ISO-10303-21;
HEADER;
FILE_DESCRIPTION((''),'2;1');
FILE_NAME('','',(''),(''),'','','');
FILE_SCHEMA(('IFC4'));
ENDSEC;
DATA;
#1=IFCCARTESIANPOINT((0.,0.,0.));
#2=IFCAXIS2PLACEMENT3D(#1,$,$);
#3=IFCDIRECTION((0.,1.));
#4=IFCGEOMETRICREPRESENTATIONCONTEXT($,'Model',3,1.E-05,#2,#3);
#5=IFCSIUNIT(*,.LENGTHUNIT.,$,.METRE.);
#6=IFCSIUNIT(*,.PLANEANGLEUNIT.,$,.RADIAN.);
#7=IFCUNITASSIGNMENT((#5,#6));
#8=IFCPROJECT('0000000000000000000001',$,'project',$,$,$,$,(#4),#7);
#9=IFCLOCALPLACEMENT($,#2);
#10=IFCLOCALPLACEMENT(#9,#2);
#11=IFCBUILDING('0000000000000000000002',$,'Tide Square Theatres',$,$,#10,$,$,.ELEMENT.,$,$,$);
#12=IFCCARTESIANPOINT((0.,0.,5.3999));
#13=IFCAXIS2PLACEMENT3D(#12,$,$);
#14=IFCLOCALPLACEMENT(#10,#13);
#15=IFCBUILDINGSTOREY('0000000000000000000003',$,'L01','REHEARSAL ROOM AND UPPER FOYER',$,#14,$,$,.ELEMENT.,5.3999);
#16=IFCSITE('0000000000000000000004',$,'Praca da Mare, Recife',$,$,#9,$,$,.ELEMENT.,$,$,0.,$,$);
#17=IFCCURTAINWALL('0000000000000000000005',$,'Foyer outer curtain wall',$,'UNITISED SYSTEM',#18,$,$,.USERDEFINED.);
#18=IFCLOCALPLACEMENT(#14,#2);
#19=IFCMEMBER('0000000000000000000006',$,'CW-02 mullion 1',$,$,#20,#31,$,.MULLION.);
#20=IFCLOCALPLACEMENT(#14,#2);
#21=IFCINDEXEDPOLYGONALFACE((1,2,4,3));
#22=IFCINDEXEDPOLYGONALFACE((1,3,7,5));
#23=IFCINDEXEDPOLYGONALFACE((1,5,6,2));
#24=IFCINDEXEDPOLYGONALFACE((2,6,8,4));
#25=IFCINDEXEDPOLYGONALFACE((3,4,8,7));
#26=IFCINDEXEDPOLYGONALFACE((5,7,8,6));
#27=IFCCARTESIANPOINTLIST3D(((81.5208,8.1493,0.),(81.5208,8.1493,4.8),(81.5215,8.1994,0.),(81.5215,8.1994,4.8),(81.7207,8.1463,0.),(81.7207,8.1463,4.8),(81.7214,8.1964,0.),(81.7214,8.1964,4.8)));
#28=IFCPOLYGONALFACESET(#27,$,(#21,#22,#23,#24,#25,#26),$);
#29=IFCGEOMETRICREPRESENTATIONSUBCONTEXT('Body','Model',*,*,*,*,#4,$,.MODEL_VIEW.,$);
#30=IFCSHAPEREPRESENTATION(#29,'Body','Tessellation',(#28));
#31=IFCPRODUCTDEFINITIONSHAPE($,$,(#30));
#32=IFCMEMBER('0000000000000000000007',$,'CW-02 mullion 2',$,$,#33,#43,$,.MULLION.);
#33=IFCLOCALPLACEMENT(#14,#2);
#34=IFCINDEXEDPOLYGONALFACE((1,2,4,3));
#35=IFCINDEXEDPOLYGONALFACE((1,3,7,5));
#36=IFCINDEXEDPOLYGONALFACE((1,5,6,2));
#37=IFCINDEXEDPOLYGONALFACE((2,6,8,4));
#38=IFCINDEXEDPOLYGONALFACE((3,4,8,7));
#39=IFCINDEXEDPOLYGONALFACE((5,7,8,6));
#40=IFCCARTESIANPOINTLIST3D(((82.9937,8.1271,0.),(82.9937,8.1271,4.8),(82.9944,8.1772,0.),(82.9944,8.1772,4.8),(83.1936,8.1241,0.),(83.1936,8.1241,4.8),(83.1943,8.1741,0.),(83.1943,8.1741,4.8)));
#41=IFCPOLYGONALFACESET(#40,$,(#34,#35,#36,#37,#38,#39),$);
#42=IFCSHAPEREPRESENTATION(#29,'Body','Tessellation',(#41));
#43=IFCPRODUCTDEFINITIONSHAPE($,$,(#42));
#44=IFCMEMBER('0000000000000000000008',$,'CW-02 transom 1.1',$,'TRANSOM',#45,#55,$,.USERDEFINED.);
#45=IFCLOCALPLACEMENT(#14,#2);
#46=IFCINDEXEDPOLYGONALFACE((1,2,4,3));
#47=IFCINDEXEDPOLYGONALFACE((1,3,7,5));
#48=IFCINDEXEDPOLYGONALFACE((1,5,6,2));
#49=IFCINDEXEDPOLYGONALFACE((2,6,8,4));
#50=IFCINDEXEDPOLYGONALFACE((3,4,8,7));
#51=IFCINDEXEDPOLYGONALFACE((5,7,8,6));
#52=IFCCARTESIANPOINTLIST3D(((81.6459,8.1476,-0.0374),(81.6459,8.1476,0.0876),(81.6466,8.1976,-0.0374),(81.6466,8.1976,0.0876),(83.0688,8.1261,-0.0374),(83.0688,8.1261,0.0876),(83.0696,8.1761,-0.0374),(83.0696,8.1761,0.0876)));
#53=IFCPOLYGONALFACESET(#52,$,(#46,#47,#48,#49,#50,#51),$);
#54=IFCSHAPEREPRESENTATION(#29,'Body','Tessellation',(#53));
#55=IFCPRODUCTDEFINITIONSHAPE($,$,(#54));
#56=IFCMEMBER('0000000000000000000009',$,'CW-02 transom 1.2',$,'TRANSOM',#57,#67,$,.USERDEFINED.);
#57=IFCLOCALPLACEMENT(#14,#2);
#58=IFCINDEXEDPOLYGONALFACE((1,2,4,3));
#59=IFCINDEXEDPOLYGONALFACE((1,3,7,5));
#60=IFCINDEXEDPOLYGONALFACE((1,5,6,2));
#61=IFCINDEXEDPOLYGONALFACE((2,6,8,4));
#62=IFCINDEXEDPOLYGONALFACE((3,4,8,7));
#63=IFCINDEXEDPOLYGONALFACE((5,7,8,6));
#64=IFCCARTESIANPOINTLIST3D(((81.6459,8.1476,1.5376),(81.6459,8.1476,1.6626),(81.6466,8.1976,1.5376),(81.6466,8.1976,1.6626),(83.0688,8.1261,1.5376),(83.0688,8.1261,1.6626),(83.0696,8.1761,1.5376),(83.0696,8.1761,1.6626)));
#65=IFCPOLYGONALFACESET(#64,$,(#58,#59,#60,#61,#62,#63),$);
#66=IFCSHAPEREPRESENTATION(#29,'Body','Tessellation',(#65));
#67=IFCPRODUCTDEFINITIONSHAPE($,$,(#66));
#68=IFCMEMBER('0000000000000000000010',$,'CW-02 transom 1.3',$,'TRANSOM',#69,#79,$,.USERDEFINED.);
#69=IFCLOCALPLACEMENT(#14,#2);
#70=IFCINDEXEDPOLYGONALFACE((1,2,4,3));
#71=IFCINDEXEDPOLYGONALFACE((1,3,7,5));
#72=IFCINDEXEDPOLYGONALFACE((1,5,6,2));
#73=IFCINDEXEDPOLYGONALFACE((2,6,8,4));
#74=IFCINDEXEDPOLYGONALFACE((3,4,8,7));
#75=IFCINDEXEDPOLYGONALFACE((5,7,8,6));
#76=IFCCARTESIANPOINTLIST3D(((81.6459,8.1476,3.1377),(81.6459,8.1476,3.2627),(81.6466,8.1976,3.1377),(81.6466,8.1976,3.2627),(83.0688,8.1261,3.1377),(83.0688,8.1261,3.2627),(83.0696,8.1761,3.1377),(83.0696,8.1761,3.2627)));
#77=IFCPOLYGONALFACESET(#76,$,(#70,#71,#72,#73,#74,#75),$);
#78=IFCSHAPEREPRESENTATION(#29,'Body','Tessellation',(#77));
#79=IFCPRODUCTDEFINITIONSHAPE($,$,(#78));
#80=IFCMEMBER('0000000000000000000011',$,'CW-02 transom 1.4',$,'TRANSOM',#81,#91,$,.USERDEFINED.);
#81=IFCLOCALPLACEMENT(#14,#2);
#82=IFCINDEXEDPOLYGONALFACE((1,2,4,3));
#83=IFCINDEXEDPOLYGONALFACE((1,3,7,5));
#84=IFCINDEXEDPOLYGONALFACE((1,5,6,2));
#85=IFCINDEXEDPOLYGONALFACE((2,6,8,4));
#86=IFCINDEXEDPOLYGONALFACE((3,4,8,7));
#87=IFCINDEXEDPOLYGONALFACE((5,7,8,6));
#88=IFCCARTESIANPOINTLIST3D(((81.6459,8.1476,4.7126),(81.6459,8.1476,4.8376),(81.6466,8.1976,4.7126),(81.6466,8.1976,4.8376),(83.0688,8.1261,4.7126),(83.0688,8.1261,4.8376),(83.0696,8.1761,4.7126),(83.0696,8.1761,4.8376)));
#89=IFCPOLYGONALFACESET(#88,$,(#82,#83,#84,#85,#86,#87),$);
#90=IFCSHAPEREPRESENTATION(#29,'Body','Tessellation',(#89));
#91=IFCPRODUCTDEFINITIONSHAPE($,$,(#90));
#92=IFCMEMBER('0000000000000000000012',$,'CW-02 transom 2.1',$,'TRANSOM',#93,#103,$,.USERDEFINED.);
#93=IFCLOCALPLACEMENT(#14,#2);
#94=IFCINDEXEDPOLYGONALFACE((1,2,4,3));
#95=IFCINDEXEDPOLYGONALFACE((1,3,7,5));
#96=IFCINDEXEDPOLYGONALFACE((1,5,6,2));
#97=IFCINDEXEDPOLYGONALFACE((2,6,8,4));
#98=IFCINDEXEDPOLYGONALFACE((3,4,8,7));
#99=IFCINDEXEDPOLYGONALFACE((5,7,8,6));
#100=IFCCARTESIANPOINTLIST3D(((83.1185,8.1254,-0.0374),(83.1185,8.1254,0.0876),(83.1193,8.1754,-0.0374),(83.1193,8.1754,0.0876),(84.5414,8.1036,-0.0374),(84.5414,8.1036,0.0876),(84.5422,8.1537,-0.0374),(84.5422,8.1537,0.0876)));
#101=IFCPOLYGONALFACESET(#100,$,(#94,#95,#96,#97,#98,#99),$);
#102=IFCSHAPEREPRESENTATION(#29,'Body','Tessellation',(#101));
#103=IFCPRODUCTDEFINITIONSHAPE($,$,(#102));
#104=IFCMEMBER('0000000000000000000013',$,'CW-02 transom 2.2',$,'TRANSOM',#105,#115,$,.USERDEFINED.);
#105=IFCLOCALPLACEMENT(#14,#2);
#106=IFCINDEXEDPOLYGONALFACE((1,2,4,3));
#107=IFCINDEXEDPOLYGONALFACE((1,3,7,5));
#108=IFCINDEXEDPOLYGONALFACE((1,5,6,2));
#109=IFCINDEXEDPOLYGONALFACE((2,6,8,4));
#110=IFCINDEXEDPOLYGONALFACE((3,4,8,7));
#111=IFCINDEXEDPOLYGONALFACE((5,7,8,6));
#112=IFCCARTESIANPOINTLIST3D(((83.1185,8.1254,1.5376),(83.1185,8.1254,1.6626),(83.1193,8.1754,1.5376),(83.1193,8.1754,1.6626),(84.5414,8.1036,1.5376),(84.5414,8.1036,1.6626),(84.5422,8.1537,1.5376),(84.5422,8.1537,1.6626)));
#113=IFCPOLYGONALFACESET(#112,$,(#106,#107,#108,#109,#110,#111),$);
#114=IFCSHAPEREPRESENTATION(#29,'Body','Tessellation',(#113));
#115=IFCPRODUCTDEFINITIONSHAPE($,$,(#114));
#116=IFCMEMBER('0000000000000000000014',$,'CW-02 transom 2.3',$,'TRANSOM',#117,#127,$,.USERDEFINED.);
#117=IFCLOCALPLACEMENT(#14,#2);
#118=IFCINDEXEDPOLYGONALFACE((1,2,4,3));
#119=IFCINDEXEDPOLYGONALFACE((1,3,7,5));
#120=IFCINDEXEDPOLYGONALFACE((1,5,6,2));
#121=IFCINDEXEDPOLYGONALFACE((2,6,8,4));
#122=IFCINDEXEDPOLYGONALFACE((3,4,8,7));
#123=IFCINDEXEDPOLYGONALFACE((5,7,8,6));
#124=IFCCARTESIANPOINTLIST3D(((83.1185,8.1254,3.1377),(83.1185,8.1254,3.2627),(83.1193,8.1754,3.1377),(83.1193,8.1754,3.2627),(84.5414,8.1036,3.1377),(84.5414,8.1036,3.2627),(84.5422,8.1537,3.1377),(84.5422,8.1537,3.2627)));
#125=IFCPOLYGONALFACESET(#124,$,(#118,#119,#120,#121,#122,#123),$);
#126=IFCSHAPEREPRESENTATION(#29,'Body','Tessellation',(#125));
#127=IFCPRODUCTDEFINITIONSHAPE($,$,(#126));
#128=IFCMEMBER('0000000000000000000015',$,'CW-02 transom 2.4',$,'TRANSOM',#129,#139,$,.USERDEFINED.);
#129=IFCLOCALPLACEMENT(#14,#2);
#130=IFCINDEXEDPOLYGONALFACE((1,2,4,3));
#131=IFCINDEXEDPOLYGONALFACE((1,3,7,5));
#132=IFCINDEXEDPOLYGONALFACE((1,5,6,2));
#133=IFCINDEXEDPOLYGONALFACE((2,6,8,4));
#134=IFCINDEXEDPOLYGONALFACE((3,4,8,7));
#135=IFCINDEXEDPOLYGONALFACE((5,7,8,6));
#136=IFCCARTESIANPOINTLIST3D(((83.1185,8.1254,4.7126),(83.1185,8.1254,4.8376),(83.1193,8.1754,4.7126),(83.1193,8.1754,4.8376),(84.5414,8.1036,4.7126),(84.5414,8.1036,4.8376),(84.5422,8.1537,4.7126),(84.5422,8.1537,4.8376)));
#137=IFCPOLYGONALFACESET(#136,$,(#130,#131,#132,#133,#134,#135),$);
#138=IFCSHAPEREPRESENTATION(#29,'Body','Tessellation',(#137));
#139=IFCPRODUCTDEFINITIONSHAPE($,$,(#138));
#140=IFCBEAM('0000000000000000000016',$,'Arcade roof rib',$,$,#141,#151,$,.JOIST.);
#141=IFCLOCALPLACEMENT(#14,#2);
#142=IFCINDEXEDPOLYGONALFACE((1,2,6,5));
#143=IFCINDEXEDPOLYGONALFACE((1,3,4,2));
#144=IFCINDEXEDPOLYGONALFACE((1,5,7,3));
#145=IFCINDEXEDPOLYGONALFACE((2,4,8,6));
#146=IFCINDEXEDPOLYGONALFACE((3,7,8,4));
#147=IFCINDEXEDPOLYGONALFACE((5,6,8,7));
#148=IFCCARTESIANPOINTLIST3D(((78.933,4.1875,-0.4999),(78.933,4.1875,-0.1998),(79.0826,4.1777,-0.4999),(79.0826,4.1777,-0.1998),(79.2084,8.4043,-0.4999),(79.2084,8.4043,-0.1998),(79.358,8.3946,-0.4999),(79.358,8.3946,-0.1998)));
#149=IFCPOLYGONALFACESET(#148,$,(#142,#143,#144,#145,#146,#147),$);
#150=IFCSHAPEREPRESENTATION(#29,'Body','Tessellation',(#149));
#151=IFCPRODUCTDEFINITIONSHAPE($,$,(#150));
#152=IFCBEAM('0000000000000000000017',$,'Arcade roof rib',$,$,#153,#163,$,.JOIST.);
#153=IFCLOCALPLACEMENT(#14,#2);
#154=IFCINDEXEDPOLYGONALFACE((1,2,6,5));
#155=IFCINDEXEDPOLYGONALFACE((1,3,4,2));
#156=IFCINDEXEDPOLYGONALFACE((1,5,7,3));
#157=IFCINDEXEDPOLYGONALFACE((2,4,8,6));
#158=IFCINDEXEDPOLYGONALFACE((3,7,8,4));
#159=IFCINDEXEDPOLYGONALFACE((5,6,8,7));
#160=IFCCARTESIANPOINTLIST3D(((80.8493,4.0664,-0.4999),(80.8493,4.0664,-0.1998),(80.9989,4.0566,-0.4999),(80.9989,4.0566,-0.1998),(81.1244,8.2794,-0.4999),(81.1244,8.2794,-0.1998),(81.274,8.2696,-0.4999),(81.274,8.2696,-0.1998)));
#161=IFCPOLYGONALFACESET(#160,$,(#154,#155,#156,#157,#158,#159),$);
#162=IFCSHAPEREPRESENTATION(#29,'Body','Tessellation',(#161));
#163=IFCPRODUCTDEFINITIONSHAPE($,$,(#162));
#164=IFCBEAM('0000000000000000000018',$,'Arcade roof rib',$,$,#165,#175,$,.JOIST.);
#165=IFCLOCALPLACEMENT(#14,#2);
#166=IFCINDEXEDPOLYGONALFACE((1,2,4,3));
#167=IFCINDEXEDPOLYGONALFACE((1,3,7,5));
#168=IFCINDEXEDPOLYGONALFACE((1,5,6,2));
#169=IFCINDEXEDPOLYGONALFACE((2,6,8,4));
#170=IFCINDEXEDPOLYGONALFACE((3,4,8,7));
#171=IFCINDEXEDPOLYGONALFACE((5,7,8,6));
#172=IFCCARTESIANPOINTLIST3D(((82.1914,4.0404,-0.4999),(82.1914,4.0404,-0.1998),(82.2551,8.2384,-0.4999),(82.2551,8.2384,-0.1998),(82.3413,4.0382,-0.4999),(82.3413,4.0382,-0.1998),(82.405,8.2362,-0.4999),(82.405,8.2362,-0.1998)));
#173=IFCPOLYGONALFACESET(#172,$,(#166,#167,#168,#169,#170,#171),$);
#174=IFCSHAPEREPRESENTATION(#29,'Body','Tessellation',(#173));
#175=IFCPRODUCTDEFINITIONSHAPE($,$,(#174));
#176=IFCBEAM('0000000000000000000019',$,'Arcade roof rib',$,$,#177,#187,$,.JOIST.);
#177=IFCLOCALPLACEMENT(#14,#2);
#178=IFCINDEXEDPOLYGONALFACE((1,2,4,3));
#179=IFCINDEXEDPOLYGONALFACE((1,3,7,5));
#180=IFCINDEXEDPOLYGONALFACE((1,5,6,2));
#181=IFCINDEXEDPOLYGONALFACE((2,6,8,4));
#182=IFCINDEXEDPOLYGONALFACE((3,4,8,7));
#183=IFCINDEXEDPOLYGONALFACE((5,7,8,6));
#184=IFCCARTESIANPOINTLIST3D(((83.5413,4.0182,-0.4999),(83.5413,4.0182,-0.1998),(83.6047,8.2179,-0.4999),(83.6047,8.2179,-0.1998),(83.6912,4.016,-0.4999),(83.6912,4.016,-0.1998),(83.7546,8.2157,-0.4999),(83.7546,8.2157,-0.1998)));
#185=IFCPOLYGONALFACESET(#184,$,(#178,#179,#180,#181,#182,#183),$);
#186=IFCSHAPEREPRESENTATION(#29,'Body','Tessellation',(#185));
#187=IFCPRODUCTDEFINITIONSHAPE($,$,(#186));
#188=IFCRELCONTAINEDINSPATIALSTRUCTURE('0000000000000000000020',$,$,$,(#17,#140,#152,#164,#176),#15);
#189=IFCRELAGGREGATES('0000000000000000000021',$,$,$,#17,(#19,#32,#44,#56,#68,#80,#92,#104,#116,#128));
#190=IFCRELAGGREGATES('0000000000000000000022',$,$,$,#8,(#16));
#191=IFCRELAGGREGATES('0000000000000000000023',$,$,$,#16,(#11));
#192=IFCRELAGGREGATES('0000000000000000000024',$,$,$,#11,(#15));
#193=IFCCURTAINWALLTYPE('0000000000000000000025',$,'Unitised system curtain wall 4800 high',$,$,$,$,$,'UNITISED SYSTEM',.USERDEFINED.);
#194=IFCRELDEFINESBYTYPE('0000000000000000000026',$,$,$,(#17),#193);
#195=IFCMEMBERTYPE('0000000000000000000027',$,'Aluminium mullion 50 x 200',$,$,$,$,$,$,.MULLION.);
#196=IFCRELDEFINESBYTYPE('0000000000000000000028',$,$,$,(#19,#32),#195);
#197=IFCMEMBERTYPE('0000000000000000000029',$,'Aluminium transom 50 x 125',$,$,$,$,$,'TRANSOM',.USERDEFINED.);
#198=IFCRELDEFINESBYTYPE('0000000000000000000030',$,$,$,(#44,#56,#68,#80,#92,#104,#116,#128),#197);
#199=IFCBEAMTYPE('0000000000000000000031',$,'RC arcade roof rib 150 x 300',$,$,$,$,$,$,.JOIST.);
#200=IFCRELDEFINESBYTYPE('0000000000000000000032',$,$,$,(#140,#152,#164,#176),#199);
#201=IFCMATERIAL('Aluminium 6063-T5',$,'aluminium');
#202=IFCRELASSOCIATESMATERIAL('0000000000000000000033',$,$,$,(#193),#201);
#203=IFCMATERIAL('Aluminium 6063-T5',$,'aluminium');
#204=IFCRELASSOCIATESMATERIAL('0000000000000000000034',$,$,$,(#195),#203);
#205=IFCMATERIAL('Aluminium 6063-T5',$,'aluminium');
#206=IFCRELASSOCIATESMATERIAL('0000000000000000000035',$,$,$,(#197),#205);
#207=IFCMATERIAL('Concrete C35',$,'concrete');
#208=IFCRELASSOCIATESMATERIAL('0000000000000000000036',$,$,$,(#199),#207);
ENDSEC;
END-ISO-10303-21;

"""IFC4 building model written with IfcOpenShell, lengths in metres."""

from ifc_helpers import new_model, si_unit, direction, frame, origin, origin_2d, place, context, subcontext, project, spatial, rectangle, extrude, material, material_profile, profile_set, type_object, element, aggregate, save


model = new_model("IFC4")

# Units and contexts
model_context = context("Model", 3, precision=1e-05, world=origin(), true_north=direction((0.0, 1.0)))
body_context = subcontext(model_context, "Body", "Model", "MODEL_VIEW")
ifc_project = project(units=[si_unit("LENGTHUNIT", "METRE"), si_unit("PLANEANGLEUNIT", "RADIAN")], contexts=[model_context])

# Site, building, storey
site_placement = place(None, origin())
site = spatial("IfcSite", under=ifc_project, at=site_placement, Name="Praca da Mare, Recife", CompositionType="ELEMENT", RefElevation=0.0)
building_placement = place(site_placement, origin())
building = spatial("IfcBuilding", under=site, at=building_placement, Name="Tide Square Theatres", CompositionType="ELEMENT")
storey_placement = place(building_placement, frame((0.0, 0.0, 5.3999)))
storey = spatial("IfcBuildingStorey", under=building, at=storey_placement, Name="L01", Description="REHEARSAL ROOM AND UPPER FOYER", CompositionType="ELEMENT", Elevation=5.3999)

# Curtain wall, members
ifc_material_1 = material(Name="Aluminium 6063-T5", Category="aluminium")
curtain_wall_type = type_object("IfcCurtainWallType", Name="Unitised system curtain wall 4800 high", ElementType="UNITISED SYSTEM", PredefinedType="USERDEFINED", material=ifc_material_1)
curtain_wall_placement = place(storey_placement, origin())
curtain_wall = element("IfcCurtainWall", 1, at=curtain_wall_placement, inside=storey, type_object=curtain_wall_type, Name="Foyer outer curtain wall", ObjectType="UNITISED SYSTEM", PredefinedType="USERDEFINED")
ifc_material_2 = material(Name="Aluminium 6063-T5", Category="aluminium")
ifc_material_profile_1 = material_profile(ifc_material_2, rectangle(XDim=0.05, YDim=0.2, at=origin_2d()))
ifc_profile_set_1 = profile_set([ifc_material_profile_1], Name="Aluminium 6063-T5")
member_type_1 = type_object("IfcMemberType", Name="Aluminium mullion 50 x 200", PredefinedType="MULLION", material=ifc_profile_set_1)
member_1_placement = place(storey_placement, frame((81.6211, 8.1729, 0.0), z_axis=(0.0, 0.0, 1.0), x_axis=(0.01512, 0.999886, 0.0)))
member_1 = element("IfcMember", 2, at=member_1_placement, type_object=member_type_1, Name="CW-02 mullion 1", PredefinedType="MULLION", context=body_context, shape_type="SweptSolid", body=[
    extrude(rectangle(XDim=0.05, YDim=0.2, at=origin_2d()), origin(), (0.0, 0.0, 1.0), 4.8),
])
member_2_placement = place(storey_placement, frame((83.094, 8.1506, 0.0), z_axis=(0.0, 0.0, 1.0), x_axis=(0.01512, 0.999886, 0.0)))
member_2 = element("IfcMember", 3, at=member_2_placement, type_object=member_type_1, Name="CW-02 mullion 2", PredefinedType="MULLION", context=body_context, shape_type="SweptSolid", body=[
    extrude(rectangle(XDim=0.05, YDim=0.2, at=origin_2d()), origin(), (0.0, 0.0, 1.0), 4.8),
])
ifc_material_3 = material(Name="Aluminium 6063-T5", Category="aluminium")
ifc_material_profile_2 = material_profile(ifc_material_3, rectangle(XDim=0.05, YDim=0.125, at=origin_2d()))
ifc_profile_set_2 = profile_set([ifc_material_profile_2], Name="Aluminium 6063-T5")
member_type_2 = type_object("IfcMemberType", Name="Aluminium transom 50 x 125", ElementType="TRANSOM", PredefinedType="USERDEFINED", material=ifc_profile_set_2)
member_3_placement = place(storey_placement, frame((81.6462, 8.1726, 0.0251), z_axis=(0.999886, -0.015098, 0.0), x_axis=(0.015098, 0.999886, 0.0)))
member_3 = element("IfcMember", 4, at=member_3_placement, type_object=member_type_2, Name="CW-02 transom 1.1", ObjectType="TRANSOM", PredefinedType="USERDEFINED", context=body_context, shape_type="SweptSolid", body=[
    extrude(rectangle(XDim=0.05, YDim=0.125, at=origin_2d()), origin(), (0.0, 0.0, 1.0), 1.4231),
])
member_4_placement = place(storey_placement, frame((81.6462, 8.1726, 1.6001), z_axis=(0.999886, -0.015098, 0.0), x_axis=(0.015098, 0.999886, 0.0)))
member_4 = element("IfcMember", 5, at=member_4_placement, type_object=member_type_2, Name="CW-02 transom 1.2", ObjectType="TRANSOM", PredefinedType="USERDEFINED", context=body_context, shape_type="SweptSolid", body=[
    extrude(rectangle(XDim=0.05, YDim=0.125, at=origin_2d()), origin(), (0.0, 0.0, 1.0), 1.4231),
])
member_5_placement = place(storey_placement, frame((81.6462, 8.1726, 3.2002), z_axis=(0.999886, -0.015098, 0.0), x_axis=(0.015098, 0.999886, 0.0)))
member_5 = element("IfcMember", 6, at=member_5_placement, type_object=member_type_2, Name="CW-02 transom 1.3", ObjectType="TRANSOM", PredefinedType="USERDEFINED", context=body_context, shape_type="SweptSolid", body=[
    extrude(rectangle(XDim=0.05, YDim=0.125, at=origin_2d()), origin(), (0.0, 0.0, 1.0), 1.4231),
])
member_6_placement = place(storey_placement, frame((81.6462, 8.1726, 4.7751), z_axis=(0.999886, -0.015098, 0.0), x_axis=(0.015098, 0.999886, 0.0)))
member_6 = element("IfcMember", 7, at=member_6_placement, type_object=member_type_2, Name="CW-02 transom 1.4", ObjectType="TRANSOM", PredefinedType="USERDEFINED", context=body_context, shape_type="SweptSolid", body=[
    extrude(rectangle(XDim=0.05, YDim=0.125, at=origin_2d()), origin(), (0.0, 0.0, 1.0), 1.4231),
])
member_7_placement = place(storey_placement, frame((83.1189, 8.1504, 0.0251), z_axis=(0.999883, -0.015269, 0.0), x_axis=(0.015269, 0.999883, 0.0)))
member_7 = element("IfcMember", 8, at=member_7_placement, type_object=member_type_2, Name="CW-02 transom 2.1", ObjectType="TRANSOM", PredefinedType="USERDEFINED", context=body_context, shape_type="SweptSolid", body=[
    extrude(rectangle(XDim=0.05, YDim=0.125, at=origin_2d()), origin(), (0.0, 0.0, 1.0), 1.4231),
])
member_8_placement = place(storey_placement, frame((83.1189, 8.1504, 1.6001), z_axis=(0.999883, -0.015269, 0.0), x_axis=(0.015269, 0.999883, 0.0)))
member_8 = element("IfcMember", 9, at=member_8_placement, type_object=member_type_2, Name="CW-02 transom 2.2", ObjectType="TRANSOM", PredefinedType="USERDEFINED", context=body_context, shape_type="SweptSolid", body=[
    extrude(rectangle(XDim=0.05, YDim=0.125, at=origin_2d()), origin(), (0.0, 0.0, 1.0), 1.4231),
])
member_9_placement = place(storey_placement, frame((83.1189, 8.1504, 3.2002), z_axis=(0.999883, -0.015269, 0.0), x_axis=(0.015269, 0.999883, 0.0)))
member_9 = element("IfcMember", 10, at=member_9_placement, type_object=member_type_2, Name="CW-02 transom 2.3", ObjectType="TRANSOM", PredefinedType="USERDEFINED", context=body_context, shape_type="SweptSolid", body=[
    extrude(rectangle(XDim=0.05, YDim=0.125, at=origin_2d()), origin(), (0.0, 0.0, 1.0), 1.4231),
])
member_10_placement = place(storey_placement, frame((83.1189, 8.1504, 4.7751), z_axis=(0.999883, -0.015269, 0.0), x_axis=(0.015269, 0.999883, 0.0)))
member_10 = element("IfcMember", 11, at=member_10_placement, type_object=member_type_2, Name="CW-02 transom 2.4", ObjectType="TRANSOM", PredefinedType="USERDEFINED", context=body_context, shape_type="SweptSolid", body=[
    extrude(rectangle(XDim=0.05, YDim=0.125, at=origin_2d()), origin(), (0.0, 0.0, 1.0), 1.4231),
])

# Beams
ifc_material_4 = material(Name="Concrete C35", Category="concrete")
ifc_material_profile_3 = material_profile(ifc_material_4, rectangle(XDim=0.1499, YDim=0.3, at=origin_2d()))
ifc_profile_set_3 = profile_set([ifc_material_profile_3], Name="Concrete C35")
beam_type_1 = type_object("IfcBeamType", Name="RC arcade roof rib 150 x 300", PredefinedType="JOIST", material=ifc_profile_set_3)
beam_1_placement = place(storey_placement, frame((79.0078, 4.1826, -0.3499), z_axis=(0.065169, 0.997874, 0.0), x_axis=(-0.997874, 0.065169, 0.0)))
element("IfcBeam", 12, at=beam_1_placement, inside=storey, type_object=beam_type_1, Name="Arcade roof rib", PredefinedType="JOIST", context=body_context, shape_type="SweptSolid", body=[
    extrude(rectangle(XDim=0.1499, YDim=0.3, at=origin_2d()), origin(), (0.0, 0.0, 1.0), 4.2258),
])
beam_2_placement = place(storey_placement, frame((80.9241, 4.0615, -0.3499), z_axis=(0.065172, 0.997874, 0.0), x_axis=(-0.997874, 0.065172, 0.0)))
element("IfcBeam", 13, at=beam_2_placement, inside=storey, type_object=beam_type_1, Name="Arcade roof rib", PredefinedType="JOIST", context=body_context, shape_type="SweptSolid", body=[
    extrude(rectangle(XDim=0.1499, YDim=0.3, at=origin_2d()), origin(), (0.0, 0.0, 1.0), 4.2219),
])
beam_3_placement = place(storey_placement, frame((82.2664, 4.0393, -0.3499), z_axis=(0.015177, 0.999885, 0.0), x_axis=(-0.999885, 0.015177, 0.0)))
element("IfcBeam", 14, at=beam_3_placement, inside=storey, type_object=beam_type_1, Name="Arcade roof rib", PredefinedType="JOIST", context=body_context, shape_type="SweptSolid", body=[
    extrude(rectangle(XDim=0.1499, YDim=0.3, at=origin_2d()), origin(), (0.0, 0.0, 1.0), 4.1985),
])
beam_4_placement = place(storey_placement, frame((83.6162, 4.0171, -0.3499), z_axis=(0.015113, 0.999886, 0.0), x_axis=(-0.999886, 0.015113, 0.0)))
element("IfcBeam", 15, at=beam_4_placement, inside=storey, type_object=beam_type_1, Name="Arcade roof rib", PredefinedType="JOIST", context=body_context, shape_type="SweptSolid", body=[
    extrude(rectangle(XDim=0.1499, YDim=0.3, at=origin_2d()), origin(), (0.0, 0.0, 1.0), 4.2002),
])

aggregate(curtain_wall, [member_1, member_2, member_3, member_4, member_5, member_6, member_7, member_8, member_9, member_10])

save(model, "model.ifc")
